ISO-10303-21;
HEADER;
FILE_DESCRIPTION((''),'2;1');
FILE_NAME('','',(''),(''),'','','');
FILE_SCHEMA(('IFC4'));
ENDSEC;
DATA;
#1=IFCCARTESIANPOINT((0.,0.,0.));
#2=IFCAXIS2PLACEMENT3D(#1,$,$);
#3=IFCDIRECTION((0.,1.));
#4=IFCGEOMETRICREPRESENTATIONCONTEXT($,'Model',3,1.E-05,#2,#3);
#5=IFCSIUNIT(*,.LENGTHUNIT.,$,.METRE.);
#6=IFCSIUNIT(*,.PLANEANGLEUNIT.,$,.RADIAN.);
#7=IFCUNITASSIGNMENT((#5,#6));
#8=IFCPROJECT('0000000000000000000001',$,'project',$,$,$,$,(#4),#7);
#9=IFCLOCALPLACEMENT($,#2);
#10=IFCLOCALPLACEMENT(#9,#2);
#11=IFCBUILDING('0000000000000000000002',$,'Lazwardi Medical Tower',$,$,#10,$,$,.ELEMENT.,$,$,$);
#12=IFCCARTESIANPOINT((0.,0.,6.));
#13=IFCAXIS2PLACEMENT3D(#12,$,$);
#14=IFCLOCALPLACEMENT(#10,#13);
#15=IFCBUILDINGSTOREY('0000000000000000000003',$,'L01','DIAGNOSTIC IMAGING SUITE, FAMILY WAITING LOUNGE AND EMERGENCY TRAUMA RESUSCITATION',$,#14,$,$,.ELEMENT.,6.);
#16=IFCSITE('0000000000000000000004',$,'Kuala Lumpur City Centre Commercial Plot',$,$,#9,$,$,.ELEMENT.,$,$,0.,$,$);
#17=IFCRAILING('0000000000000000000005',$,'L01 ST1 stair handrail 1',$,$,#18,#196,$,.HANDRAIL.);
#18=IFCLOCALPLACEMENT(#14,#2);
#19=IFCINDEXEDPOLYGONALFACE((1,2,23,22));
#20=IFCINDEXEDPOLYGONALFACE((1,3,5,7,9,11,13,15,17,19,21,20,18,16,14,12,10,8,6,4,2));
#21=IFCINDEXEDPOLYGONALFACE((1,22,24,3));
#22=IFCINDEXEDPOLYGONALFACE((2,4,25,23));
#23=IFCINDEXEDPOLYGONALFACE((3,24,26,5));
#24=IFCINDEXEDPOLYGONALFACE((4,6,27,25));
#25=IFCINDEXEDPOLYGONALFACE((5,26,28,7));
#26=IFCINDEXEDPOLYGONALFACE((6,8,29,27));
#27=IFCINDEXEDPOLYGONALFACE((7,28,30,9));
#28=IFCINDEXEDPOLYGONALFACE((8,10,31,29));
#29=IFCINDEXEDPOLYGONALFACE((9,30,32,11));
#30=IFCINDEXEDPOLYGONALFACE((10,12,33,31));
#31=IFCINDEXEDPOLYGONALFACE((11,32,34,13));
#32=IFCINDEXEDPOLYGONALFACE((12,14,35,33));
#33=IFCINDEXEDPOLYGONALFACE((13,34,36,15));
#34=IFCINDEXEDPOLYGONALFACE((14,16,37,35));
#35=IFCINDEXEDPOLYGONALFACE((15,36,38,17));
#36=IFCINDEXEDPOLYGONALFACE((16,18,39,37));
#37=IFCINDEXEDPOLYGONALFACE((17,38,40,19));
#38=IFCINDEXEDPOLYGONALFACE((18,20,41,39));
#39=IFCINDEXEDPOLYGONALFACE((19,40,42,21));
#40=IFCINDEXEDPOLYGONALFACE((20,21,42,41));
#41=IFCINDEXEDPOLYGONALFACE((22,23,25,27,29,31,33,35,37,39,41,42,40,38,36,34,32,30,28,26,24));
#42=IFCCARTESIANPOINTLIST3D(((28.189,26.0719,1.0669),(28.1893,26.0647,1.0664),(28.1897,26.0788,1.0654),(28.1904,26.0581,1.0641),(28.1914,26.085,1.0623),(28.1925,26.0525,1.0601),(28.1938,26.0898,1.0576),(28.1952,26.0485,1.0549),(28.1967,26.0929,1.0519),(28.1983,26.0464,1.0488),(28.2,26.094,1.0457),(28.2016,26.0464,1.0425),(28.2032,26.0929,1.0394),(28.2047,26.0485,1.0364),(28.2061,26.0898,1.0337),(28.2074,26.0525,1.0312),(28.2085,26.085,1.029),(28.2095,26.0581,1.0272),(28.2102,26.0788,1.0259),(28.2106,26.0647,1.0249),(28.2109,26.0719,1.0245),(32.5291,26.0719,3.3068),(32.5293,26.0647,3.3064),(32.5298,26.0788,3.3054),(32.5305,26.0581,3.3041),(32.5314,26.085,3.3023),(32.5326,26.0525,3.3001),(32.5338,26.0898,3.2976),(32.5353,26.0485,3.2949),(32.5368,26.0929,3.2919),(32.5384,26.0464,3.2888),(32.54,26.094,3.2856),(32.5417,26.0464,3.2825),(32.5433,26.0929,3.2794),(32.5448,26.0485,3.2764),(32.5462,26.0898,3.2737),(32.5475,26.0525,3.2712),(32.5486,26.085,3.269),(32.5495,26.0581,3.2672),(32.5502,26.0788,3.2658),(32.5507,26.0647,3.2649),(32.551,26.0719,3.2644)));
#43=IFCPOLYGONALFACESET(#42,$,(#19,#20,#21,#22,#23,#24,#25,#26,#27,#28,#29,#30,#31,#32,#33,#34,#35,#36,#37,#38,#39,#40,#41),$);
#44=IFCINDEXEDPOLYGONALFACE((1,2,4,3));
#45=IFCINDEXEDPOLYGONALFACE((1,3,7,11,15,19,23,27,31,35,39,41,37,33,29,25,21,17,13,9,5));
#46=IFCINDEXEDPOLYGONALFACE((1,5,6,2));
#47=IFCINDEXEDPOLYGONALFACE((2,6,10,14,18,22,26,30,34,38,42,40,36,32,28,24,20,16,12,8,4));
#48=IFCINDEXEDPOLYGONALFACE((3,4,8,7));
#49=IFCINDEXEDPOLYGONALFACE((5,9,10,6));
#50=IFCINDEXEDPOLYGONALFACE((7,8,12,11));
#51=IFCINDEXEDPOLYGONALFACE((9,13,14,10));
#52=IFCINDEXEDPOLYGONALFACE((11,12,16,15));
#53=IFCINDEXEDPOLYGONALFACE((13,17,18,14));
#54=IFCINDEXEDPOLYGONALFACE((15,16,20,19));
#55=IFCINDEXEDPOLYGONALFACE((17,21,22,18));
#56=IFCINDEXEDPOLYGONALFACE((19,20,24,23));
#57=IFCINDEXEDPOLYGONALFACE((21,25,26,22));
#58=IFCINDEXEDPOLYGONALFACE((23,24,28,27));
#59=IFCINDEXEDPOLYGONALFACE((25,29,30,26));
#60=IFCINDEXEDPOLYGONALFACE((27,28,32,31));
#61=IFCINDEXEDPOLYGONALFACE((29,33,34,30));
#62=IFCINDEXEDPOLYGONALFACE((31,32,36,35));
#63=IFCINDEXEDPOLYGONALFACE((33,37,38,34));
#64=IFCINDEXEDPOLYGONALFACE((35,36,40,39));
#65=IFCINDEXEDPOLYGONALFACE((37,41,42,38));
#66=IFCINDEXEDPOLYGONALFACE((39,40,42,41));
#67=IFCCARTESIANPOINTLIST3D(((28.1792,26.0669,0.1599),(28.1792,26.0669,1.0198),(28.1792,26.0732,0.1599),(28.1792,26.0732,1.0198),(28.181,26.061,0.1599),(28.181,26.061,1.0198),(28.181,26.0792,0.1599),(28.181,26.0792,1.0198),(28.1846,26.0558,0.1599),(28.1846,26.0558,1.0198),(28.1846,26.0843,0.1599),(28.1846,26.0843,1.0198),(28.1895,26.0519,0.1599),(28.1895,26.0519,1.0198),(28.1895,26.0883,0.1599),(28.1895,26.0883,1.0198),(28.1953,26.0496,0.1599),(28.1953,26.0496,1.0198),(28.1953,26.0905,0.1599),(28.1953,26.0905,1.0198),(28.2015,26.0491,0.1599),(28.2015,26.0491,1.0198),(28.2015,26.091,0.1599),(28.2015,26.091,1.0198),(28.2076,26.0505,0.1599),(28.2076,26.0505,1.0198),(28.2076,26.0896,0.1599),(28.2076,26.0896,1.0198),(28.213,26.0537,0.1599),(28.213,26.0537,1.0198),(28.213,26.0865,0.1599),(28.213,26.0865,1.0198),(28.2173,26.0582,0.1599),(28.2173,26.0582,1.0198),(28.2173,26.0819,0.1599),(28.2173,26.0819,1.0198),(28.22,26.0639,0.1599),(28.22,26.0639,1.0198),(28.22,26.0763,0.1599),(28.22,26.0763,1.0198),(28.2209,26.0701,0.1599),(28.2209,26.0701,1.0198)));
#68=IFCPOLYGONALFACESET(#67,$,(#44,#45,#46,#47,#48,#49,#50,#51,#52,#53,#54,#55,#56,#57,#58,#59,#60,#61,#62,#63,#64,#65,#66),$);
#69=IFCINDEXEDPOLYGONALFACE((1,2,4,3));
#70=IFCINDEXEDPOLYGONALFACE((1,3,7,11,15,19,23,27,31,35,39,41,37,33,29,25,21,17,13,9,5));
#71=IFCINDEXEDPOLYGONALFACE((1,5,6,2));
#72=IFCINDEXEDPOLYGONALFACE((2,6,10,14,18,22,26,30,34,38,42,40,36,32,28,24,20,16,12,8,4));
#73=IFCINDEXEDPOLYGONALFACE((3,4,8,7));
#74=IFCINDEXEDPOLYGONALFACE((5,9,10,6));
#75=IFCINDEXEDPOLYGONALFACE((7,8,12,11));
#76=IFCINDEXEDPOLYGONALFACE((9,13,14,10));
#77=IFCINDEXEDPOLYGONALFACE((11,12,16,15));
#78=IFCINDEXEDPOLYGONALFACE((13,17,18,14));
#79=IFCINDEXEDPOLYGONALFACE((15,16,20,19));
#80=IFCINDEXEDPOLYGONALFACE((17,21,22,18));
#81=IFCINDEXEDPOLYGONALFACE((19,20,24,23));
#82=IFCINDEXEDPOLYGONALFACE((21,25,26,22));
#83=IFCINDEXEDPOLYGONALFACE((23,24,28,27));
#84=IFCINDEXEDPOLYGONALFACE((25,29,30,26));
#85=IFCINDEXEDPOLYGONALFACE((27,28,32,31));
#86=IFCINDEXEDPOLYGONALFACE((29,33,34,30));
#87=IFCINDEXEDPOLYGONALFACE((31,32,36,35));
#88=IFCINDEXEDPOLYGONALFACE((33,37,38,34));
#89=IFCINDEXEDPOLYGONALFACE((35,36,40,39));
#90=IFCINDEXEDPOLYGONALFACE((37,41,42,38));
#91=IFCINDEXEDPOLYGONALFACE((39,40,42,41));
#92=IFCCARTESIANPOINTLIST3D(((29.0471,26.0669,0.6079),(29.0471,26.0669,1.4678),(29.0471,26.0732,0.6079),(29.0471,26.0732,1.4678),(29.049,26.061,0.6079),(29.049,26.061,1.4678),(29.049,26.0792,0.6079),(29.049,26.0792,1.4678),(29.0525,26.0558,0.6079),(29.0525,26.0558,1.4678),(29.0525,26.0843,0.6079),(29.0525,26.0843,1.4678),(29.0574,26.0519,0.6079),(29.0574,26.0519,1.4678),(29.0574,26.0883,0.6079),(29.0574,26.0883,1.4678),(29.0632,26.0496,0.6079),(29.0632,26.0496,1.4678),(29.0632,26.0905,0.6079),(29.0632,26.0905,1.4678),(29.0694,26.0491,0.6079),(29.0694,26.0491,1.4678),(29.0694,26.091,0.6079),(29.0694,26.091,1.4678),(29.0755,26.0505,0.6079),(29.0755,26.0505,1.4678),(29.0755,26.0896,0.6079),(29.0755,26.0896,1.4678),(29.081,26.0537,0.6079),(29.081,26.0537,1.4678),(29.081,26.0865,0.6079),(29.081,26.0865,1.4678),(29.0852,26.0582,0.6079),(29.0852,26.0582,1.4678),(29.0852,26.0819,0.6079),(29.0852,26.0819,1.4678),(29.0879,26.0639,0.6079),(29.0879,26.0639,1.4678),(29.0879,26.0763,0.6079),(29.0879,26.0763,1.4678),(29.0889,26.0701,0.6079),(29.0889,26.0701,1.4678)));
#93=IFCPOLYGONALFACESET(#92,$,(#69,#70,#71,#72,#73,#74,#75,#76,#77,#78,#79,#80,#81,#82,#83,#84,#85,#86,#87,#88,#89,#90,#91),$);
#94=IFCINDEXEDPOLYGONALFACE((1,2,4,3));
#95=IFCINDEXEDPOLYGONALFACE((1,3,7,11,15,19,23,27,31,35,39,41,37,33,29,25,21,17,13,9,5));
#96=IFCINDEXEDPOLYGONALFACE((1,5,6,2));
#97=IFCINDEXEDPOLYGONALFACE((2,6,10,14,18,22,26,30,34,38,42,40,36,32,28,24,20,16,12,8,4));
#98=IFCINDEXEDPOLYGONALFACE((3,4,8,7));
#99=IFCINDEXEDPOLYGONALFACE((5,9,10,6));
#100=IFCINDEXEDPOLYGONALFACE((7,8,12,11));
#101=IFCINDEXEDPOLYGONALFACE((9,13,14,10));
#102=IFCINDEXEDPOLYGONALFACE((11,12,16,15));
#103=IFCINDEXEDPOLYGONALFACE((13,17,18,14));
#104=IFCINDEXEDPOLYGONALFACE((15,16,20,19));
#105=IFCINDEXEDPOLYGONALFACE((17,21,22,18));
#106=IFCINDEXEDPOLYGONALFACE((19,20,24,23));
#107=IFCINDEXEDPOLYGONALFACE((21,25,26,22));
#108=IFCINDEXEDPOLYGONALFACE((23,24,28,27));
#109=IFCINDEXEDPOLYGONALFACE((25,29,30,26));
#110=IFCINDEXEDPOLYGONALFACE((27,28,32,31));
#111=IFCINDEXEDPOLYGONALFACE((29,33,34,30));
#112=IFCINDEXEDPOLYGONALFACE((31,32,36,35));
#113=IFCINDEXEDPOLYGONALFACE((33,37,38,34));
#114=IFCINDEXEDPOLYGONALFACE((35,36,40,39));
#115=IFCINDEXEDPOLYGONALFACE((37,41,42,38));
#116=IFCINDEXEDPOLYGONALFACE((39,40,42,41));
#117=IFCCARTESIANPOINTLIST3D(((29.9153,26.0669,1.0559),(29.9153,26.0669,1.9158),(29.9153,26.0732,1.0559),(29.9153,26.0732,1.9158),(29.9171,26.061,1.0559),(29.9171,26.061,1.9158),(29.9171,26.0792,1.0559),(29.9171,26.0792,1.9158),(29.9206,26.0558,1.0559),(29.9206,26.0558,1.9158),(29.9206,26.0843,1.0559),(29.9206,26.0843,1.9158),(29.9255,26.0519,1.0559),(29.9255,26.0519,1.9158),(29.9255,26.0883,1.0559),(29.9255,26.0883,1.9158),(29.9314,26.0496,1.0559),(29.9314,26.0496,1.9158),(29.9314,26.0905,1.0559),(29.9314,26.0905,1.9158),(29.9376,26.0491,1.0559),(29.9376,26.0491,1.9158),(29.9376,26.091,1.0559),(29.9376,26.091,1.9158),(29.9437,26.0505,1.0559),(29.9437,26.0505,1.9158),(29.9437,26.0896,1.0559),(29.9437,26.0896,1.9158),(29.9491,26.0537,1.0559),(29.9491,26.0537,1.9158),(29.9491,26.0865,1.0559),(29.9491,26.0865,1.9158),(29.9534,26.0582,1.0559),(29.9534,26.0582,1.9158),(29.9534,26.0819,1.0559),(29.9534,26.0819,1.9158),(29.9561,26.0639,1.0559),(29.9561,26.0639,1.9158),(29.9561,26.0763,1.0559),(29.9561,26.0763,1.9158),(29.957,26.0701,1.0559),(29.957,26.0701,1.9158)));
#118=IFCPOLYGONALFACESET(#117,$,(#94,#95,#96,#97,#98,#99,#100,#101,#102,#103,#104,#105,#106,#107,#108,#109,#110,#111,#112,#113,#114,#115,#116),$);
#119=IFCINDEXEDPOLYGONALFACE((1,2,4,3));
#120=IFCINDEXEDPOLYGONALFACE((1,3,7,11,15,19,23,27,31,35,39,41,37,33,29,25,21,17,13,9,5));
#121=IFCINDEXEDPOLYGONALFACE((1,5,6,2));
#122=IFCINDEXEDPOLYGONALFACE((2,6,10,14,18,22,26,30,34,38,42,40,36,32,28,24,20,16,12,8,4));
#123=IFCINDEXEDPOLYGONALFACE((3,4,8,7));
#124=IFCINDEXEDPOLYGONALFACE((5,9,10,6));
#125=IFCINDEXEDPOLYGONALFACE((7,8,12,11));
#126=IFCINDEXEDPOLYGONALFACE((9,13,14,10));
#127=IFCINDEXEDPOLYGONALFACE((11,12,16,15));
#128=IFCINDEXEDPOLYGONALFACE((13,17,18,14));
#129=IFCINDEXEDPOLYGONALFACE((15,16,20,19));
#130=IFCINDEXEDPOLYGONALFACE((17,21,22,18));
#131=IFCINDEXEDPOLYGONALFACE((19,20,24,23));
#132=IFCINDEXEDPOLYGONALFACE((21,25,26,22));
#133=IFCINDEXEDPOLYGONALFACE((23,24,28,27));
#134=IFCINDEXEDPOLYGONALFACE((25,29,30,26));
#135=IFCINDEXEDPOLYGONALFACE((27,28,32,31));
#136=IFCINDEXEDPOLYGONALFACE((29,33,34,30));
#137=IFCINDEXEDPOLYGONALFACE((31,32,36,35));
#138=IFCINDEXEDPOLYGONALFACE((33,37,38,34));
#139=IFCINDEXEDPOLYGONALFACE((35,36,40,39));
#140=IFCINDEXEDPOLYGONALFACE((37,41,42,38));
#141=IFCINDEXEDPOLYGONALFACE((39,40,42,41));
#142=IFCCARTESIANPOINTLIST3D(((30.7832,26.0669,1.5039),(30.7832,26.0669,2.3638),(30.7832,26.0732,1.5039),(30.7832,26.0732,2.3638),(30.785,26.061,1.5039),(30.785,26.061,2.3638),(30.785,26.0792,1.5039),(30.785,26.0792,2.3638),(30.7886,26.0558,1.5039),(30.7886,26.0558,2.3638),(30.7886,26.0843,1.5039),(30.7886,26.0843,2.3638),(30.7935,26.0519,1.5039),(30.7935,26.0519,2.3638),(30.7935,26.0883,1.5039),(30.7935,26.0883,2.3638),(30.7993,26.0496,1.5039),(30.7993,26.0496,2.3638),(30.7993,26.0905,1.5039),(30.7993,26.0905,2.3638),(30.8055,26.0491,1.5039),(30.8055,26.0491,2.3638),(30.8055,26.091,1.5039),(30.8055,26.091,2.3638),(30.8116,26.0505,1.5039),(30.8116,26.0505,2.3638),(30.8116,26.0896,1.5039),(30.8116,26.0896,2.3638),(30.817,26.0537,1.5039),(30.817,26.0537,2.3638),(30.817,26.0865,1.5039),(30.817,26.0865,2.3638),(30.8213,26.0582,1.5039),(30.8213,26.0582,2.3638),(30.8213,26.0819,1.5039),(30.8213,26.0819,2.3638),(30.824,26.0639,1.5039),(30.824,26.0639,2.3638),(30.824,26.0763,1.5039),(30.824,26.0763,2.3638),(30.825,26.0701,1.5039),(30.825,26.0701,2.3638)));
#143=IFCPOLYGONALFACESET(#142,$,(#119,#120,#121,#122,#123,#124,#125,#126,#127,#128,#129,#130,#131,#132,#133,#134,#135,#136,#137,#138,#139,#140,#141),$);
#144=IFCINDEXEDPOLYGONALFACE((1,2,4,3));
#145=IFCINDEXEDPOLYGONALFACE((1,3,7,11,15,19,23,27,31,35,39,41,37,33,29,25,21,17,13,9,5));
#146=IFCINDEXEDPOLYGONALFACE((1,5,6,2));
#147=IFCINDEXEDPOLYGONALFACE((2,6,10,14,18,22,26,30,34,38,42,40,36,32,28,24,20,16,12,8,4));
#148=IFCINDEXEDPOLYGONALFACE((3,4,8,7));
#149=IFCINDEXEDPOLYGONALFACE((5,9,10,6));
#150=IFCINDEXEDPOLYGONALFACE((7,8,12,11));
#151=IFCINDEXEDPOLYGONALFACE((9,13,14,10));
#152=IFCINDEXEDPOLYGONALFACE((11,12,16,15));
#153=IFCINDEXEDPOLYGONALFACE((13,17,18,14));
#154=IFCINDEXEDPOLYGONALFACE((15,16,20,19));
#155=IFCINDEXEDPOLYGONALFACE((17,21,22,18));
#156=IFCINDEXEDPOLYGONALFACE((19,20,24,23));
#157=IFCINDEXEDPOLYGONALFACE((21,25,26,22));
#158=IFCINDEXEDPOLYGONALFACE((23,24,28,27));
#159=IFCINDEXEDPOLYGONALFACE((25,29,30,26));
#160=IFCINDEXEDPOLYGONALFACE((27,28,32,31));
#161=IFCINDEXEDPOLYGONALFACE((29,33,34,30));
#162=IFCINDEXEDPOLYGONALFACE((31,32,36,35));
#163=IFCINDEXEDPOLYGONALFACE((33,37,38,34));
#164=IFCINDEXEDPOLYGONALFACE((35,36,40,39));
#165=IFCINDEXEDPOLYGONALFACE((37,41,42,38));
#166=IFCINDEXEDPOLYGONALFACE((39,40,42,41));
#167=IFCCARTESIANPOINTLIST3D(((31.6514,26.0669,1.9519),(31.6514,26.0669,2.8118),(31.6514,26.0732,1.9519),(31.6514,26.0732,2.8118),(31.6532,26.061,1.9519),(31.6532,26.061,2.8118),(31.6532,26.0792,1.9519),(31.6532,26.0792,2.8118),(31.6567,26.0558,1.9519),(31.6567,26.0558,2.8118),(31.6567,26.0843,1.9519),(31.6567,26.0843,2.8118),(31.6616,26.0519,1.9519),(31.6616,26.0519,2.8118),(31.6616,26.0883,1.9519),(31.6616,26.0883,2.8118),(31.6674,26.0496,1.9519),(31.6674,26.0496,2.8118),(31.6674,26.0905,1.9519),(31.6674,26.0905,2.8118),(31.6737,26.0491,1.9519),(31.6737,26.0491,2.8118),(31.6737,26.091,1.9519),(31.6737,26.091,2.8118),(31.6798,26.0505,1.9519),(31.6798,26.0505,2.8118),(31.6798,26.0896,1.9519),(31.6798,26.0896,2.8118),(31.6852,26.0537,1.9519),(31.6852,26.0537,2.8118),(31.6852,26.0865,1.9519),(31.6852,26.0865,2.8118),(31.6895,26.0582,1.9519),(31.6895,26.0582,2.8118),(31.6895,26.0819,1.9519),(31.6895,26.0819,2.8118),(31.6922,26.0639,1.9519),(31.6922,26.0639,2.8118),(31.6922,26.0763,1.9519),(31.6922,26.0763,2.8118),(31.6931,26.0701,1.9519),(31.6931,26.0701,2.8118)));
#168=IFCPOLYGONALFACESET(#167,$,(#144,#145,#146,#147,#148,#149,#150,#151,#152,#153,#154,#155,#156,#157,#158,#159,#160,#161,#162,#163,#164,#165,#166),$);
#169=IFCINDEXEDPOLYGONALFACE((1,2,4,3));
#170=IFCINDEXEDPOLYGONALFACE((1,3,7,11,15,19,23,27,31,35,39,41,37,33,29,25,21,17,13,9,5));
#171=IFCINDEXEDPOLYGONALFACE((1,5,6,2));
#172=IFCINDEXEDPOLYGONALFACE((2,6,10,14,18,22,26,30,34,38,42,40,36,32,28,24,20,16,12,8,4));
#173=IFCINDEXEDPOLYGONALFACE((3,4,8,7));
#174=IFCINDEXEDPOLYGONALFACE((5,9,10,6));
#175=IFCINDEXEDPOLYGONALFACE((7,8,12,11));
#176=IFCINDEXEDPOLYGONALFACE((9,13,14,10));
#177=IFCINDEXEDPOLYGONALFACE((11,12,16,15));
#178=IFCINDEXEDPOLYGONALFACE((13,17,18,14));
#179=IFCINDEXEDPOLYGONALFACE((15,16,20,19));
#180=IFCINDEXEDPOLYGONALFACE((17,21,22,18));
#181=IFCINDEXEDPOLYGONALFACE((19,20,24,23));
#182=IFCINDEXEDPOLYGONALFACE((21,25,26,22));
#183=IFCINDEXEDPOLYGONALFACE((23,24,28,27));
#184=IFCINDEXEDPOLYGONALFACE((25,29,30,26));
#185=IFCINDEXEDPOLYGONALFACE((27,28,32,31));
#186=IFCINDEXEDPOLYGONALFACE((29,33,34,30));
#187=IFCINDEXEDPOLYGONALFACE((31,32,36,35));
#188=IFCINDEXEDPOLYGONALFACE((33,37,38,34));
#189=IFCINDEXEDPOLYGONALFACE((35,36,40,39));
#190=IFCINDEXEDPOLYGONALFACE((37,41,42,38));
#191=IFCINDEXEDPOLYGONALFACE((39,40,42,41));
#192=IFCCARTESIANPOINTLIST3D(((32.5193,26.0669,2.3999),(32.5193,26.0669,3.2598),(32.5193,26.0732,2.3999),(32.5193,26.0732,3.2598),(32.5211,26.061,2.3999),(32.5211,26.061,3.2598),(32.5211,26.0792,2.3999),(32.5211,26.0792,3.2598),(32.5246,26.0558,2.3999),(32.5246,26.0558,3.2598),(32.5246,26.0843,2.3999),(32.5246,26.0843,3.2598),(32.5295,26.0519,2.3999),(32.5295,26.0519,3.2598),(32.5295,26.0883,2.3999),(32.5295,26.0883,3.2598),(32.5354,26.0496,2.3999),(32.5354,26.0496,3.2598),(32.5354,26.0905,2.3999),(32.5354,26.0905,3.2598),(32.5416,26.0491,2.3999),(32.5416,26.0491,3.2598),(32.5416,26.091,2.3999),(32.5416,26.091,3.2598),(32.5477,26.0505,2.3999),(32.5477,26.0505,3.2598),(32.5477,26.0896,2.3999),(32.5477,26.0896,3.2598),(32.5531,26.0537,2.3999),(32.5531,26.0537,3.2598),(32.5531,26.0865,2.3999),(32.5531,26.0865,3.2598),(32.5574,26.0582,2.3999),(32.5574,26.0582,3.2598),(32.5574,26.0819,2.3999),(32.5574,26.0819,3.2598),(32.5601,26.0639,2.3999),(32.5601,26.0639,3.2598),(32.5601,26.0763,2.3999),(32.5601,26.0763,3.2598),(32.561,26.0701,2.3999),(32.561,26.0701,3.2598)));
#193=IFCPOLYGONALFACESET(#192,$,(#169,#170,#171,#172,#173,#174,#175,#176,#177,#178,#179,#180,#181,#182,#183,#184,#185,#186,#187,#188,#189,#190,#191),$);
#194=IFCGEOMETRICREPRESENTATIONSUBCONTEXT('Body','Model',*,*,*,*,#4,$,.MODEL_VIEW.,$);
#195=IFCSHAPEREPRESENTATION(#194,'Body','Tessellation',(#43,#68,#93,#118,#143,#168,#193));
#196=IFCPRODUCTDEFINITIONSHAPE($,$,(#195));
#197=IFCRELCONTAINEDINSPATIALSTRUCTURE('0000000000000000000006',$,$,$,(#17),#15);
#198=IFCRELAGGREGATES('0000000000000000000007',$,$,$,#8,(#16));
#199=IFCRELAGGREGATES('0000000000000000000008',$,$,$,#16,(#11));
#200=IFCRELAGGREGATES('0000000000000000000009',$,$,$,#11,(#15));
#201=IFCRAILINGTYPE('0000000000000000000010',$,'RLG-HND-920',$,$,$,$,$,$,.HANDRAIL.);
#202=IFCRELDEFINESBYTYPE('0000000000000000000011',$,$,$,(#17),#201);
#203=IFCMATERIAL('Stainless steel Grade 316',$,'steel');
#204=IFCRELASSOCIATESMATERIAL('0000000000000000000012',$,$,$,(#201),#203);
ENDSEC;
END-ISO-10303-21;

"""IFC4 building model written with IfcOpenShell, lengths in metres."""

from ifc_helpers import new_model, si_unit, direction, frame, origin, origin_2d, place, context, subcontext, project, spatial, circle, extrude, material, type_object, element, save


model = new_model("IFC4")

# Units and contexts
model_context = context("Model", 3, precision=1e-05, world=origin(), true_north=direction((0.0, 1.0)))
body_context = subcontext(model_context, "Body", "Model", "MODEL_VIEW")
ifc_project = project(units=[si_unit("LENGTHUNIT", "METRE"), si_unit("PLANEANGLEUNIT", "RADIAN")], contexts=[model_context])

# Site, building, storey
site_placement = place(None, origin())
site = spatial("IfcSite", under=ifc_project, at=site_placement, Name="Kuala Lumpur City Centre Commercial Plot", CompositionType="ELEMENT", RefElevation=0.0)
building_placement = place(site_placement, origin())
building = spatial("IfcBuilding", under=site, at=building_placement, Name="Lazwardi Medical Tower", CompositionType="ELEMENT")
storey_placement = place(building_placement, frame((0.0, 0.0, 6.0)))
storey = spatial("IfcBuildingStorey", under=building, at=storey_placement, Name="L01", Description="DIAGNOSTIC IMAGING SUITE, FAMILY WAITING LOUNGE AND EMERGENCY TRAUMA RESUSCITATION", CompositionType="ELEMENT", Elevation=6.0)

# Railing
ifc_material_1 = material(Name="Stainless steel Grade 316", Category="steel")
railing_type_1 = type_object("IfcRailingType", Name="RLG-HND-920", PredefinedType="HANDRAIL", material=ifc_material_1)
railing_1_placement = place(storey_placement, frame((28.2, 26.0701, 0.1599)))
element("IfcRailing", 1, at=railing_1_placement, inside=storey, type_object=railing_type_1, Name="L01 ST1 stair handrail 1", PredefinedType="HANDRAIL", context=body_context, shape_type="SweptSolid", body=[
    extrude(circle(Radius=0.0239, at=origin_2d()), frame((0.0, 0.0, 0.8857), z_axis=(0.888625, 0.0, 0.458634), x_axis=(0.0, 1.0, 0.0)), (0.0, 0.0, 1.0), 4.884),
    extrude(circle(Radius=0.021, at=origin_2d()), origin(), (0.0, 0.0, 1.0), 0.8599),
    extrude(circle(Radius=0.021, at=origin_2d()), frame((0.8679, 0.0, 0.448)), (0.0, 0.0, 1.0), 0.8599),
    extrude(circle(Radius=0.021, at=origin_2d()), frame((1.7361, 0.0, 0.896)), (0.0, 0.0, 1.0), 0.8599),
    extrude(circle(Radius=0.021, at=origin_2d()), frame((2.604, 0.0, 1.344)), (0.0, 0.0, 1.0), 0.8599),
    extrude(circle(Radius=0.021, at=origin_2d()), frame((3.4722, 0.0, 1.792)), (0.0, 0.0, 1.0), 0.8599),
    extrude(circle(Radius=0.021, at=origin_2d()), frame((4.3401, 0.0, 2.24)), (0.0, 0.0, 1.0), 0.8599),
])

save(model, "model.ifc")
